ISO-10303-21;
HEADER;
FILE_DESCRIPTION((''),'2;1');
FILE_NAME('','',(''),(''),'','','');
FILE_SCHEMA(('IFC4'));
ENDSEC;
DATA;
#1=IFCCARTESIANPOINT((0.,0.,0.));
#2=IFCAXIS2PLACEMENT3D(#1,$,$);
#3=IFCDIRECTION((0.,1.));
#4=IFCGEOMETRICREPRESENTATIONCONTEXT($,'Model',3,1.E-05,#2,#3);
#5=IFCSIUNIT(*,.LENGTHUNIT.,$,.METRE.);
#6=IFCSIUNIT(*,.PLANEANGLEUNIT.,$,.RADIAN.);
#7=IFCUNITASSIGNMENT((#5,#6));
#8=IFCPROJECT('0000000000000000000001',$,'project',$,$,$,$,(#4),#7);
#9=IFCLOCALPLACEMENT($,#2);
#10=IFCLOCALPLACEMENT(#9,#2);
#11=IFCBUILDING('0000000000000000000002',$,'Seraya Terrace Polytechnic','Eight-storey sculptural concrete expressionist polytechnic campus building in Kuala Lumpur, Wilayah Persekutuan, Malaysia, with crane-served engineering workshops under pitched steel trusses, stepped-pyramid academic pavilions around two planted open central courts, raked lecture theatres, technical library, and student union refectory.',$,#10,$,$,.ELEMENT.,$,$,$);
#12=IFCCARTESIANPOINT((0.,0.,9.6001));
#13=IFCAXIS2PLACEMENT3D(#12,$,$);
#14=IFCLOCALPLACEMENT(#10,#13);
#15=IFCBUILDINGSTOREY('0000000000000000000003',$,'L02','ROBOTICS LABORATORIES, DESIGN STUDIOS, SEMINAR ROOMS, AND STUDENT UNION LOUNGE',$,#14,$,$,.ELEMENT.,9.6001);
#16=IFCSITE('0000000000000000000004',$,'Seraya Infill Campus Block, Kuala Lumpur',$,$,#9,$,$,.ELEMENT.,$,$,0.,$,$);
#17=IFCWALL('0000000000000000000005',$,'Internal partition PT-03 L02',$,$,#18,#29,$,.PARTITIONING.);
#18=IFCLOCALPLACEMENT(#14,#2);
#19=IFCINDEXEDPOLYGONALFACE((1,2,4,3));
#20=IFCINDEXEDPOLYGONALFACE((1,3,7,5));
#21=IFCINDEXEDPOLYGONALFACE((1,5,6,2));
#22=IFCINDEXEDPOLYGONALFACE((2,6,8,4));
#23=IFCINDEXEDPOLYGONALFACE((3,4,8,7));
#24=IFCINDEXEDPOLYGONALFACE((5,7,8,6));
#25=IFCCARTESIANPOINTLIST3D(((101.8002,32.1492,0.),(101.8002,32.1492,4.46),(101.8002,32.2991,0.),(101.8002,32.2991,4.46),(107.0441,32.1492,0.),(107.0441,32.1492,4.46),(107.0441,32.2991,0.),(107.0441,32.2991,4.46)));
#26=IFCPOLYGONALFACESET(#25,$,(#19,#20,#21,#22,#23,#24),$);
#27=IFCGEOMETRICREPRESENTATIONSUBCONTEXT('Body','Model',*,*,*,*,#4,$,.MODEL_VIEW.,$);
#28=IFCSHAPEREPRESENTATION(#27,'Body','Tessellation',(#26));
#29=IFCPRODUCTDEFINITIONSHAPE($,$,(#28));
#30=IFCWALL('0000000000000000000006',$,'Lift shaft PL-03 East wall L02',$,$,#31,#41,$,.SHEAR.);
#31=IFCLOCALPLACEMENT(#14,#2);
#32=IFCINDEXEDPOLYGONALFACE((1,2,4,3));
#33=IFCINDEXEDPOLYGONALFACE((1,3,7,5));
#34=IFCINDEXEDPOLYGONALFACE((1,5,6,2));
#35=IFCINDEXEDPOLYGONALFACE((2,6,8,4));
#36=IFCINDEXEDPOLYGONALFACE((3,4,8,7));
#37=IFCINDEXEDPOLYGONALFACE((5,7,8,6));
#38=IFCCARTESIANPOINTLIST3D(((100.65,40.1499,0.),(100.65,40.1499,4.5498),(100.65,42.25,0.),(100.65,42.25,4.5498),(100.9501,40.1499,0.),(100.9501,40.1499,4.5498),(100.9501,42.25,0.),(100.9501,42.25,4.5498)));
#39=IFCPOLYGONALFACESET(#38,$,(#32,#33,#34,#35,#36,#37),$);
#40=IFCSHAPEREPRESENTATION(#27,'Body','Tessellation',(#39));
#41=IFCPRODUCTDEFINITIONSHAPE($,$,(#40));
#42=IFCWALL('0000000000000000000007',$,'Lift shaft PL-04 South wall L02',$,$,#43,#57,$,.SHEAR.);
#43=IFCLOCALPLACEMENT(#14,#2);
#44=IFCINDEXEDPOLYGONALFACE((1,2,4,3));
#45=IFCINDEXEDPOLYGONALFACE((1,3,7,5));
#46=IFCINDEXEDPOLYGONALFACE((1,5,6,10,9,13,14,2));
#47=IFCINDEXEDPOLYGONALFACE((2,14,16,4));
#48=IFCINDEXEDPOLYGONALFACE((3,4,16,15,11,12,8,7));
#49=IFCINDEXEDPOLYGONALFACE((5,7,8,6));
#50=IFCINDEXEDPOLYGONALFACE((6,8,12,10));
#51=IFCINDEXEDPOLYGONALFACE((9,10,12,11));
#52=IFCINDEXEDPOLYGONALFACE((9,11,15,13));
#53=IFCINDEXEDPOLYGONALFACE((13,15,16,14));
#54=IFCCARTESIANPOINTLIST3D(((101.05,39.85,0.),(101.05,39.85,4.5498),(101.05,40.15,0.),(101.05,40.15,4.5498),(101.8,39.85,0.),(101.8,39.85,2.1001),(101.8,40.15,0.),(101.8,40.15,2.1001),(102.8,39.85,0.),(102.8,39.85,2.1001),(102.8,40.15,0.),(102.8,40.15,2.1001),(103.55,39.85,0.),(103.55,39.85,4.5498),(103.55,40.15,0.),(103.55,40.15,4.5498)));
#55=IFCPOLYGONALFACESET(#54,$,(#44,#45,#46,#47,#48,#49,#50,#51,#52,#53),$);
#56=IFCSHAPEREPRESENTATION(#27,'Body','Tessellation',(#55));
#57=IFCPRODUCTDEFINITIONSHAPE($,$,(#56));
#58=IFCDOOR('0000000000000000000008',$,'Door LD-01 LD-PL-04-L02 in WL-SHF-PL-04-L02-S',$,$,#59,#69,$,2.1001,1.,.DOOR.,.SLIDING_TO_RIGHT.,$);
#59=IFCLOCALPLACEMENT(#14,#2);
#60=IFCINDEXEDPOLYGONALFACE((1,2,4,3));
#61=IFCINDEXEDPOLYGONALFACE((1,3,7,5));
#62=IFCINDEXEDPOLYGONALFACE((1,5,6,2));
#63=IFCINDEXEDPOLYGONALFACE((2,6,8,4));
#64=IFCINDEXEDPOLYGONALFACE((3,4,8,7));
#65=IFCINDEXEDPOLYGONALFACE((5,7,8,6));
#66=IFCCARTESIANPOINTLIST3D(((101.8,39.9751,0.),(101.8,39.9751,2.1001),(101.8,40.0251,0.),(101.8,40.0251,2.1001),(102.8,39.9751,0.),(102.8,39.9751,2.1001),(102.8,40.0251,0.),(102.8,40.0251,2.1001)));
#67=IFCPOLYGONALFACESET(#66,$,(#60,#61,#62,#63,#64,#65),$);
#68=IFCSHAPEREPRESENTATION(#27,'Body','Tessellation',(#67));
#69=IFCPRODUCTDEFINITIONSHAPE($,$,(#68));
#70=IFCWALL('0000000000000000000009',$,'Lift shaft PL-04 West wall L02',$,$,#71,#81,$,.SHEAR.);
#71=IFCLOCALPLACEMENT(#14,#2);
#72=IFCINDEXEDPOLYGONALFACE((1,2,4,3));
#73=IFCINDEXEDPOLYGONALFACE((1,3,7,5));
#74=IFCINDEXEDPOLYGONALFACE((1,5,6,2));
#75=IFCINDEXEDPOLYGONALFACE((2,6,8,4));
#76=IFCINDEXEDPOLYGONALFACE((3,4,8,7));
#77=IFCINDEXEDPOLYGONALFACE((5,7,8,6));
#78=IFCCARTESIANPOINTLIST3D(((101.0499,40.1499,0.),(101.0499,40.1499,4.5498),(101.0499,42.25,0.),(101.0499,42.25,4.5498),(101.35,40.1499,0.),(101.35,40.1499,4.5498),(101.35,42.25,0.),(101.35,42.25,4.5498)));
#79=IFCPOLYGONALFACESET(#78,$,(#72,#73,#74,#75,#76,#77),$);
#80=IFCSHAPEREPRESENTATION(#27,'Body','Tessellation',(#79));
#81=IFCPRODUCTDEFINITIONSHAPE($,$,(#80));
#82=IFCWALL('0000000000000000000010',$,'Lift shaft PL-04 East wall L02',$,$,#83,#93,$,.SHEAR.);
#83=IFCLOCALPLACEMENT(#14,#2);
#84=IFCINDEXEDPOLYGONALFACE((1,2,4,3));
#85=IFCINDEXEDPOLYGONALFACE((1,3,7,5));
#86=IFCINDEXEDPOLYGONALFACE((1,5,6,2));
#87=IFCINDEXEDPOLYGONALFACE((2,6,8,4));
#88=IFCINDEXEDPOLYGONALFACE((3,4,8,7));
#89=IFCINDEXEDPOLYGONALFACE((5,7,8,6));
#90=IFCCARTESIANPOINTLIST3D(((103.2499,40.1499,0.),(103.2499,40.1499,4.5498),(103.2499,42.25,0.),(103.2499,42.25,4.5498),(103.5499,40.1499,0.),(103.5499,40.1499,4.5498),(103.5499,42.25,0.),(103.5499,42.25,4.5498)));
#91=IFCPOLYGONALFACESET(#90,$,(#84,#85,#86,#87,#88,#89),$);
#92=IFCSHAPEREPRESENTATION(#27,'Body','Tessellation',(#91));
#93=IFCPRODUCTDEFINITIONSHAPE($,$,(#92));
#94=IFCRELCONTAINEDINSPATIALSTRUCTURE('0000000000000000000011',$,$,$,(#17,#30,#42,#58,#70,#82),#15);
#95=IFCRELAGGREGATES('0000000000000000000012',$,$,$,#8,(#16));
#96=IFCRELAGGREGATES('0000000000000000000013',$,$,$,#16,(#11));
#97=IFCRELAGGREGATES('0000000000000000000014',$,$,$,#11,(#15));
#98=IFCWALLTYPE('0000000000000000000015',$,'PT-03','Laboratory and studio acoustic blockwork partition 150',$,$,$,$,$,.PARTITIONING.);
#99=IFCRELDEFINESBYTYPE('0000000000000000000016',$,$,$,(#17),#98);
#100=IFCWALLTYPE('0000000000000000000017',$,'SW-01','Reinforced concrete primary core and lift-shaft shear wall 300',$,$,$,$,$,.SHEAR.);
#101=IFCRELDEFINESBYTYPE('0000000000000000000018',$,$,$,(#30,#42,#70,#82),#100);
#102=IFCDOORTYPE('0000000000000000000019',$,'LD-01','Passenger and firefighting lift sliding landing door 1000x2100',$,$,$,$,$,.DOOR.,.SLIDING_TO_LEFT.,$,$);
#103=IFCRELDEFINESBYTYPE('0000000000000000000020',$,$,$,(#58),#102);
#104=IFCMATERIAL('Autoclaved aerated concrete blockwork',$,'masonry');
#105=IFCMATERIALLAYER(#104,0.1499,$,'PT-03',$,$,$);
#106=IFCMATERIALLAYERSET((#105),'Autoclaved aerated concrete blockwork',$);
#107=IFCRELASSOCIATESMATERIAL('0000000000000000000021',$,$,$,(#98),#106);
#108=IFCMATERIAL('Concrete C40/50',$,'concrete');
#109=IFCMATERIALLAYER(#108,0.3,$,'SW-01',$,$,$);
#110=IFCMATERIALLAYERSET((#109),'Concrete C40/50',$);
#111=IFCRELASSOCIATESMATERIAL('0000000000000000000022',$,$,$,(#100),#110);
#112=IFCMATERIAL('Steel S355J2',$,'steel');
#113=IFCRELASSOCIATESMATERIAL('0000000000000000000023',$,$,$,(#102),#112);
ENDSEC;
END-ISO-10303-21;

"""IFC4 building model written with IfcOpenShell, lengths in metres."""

from ifc_helpers import new_model, si_unit, direction, frame, frame_2d, origin, place, context, subcontext, project, spatial, rectangle, extrude, material, layer, layer_set, type_object, element, fill, save


model = new_model("IFC4")

# Units and contexts
model_context = context("Model", 3, precision=1e-05, world=origin(), true_north=direction((0.0, 1.0)))
body_context = subcontext(model_context, "Body", "Model", "MODEL_VIEW")
ifc_project = project(units=[si_unit("LENGTHUNIT", "METRE"), si_unit("PLANEANGLEUNIT", "RADIAN")], contexts=[model_context])

# Site, building, storey
site_placement = place(None, origin())
site = spatial("IfcSite", under=ifc_project, at=site_placement, Name="Seraya Infill Campus Block, Kuala Lumpur", CompositionType="ELEMENT", RefElevation=0.0)
building_placement = place(site_placement, origin())
building = spatial("IfcBuilding", under=site, at=building_placement, Name="Seraya Terrace Polytechnic", Description="Eight-storey sculptural concrete expressionist polytechnic campus building in Kuala Lumpur, Wilayah Persekutuan, Malaysia, with crane-served engineering workshops under pitched steel trusses, stepped-pyramid academic pavilions around two planted open central courts, raked lecture theatres, technical library, and student union refectory.", CompositionType="ELEMENT")
storey_placement = place(building_placement, frame((0.0, 0.0, 9.6001)))
storey = spatial("IfcBuildingStorey", under=building, at=storey_placement, Name="L02", Description="ROBOTICS LABORATORIES, DESIGN STUDIOS, SEMINAR ROOMS, AND STUDENT UNION LOUNGE", CompositionType="ELEMENT", Elevation=9.6001)

# Shared definitions
ifc_material_1 = material(Name="Concrete C40/50", Category="concrete")

# Walls
ifc_material_2 = material(Name="Autoclaved aerated concrete blockwork", Category="masonry")
ifc_layer_1 = layer(ifc_material_2, 0.1499, Name="PT-03")
ifc_layer_set_1 = layer_set([ifc_layer_1], Name="Autoclaved aerated concrete blockwork")
wall_type_1 = type_object("IfcWallType", Name="PT-03", Description="Laboratory and studio acoustic blockwork partition 150", PredefinedType="PARTITIONING", material=ifc_layer_set_1)
wall_1_placement = place(storey_placement, frame((101.8, 32.2241, 0.0), z_axis=(0.0, 0.0, 1.0), x_axis=(1.0, 0.0, 0.0)))
element("IfcWall", 1, at=wall_1_placement, inside=storey, type_object=wall_type_1, Name="Internal partition PT-03 L02", PredefinedType="PARTITIONING", context=body_context, shape_type="SweptSolid", body=[
    extrude(rectangle(XDim=5.2439, YDim=0.1499, at=frame_2d((2.6221, 0.0))), origin(), (0.0, 0.0, 1.0), 4.46),
])
ifc_layer_2 = layer(ifc_material_1, 0.3, Name="SW-01")
ifc_layer_set_2 = layer_set([ifc_layer_2], Name="Concrete C40/50")
wall_type_2 = type_object("IfcWallType", Name="SW-01", Description="Reinforced concrete primary core and lift-shaft shear wall 300", PredefinedType="SHEAR", material=ifc_layer_set_2)
wall_2_placement = place(storey_placement, frame((100.8, 40.1499, 0.0), z_axis=(0.0, 0.0, 1.0), x_axis=(0.0, 1.0, 0.0)))
element("IfcWall", 2, at=wall_2_placement, inside=storey, type_object=wall_type_2, Name="Lift shaft PL-03 East wall L02", PredefinedType="SHEAR", context=body_context, shape_type="SweptSolid", body=[
    extrude(rectangle(XDim=2.1001, YDim=0.3, at=frame_2d((1.05, 0.0))), origin(), (0.0, 0.0, 1.0), 4.5498),
])

# Wall, opening, door
wall_3_placement = place(storey_placement, frame((101.05, 40.0, 0.0), z_axis=(0.0, 0.0, 1.0), x_axis=(1.0, 0.0, 0.0)))
wall_3 = element("IfcWall", 3, at=wall_3_placement, inside=storey, type_object=wall_type_2, Name="Lift shaft PL-04 South wall L02", PredefinedType="SHEAR", context=body_context, shape_type="SweptSolid", body=[
    extrude(rectangle(XDim=2.5, YDim=0.3, at=frame_2d((1.25, 0.0))), origin(), (0.0, 0.0, 1.0), 4.5498),
])
opening_1_placement = place(wall_3_placement, frame((0.75, 0.0, 0.0)))
opening_1 = element("IfcOpeningElement", 4, at=opening_1_placement, cuts=wall_3, PredefinedType="OPENING", context=body_context, shape_type="SweptSolid", body=[
    extrude(rectangle(XDim=1.0, YDim=2.1001, at=frame_2d((0.5, 1.05))), frame((0.0, 0.1621, 0.0), z_axis=(0.0, -1.0, 0.0), x_axis=(1.0, 0.0, 0.0)), (0.0, 0.0, 1.0), 0.324),
])
ifc_material_3 = material(Name="Steel S355J2", Category="steel")
door_type = type_object("IfcDoorType", Name="LD-01", Description="Passenger and firefighting lift sliding landing door 1000x2100", OperationType="SLIDING_TO_LEFT", PredefinedType="DOOR", material=ifc_material_3)
door_placement = place(opening_1_placement, frame((1.0, 0.0, 0.0), z_axis=(0.0, 0.0, 1.0), x_axis=(-1.0, 0.0, 0.0)))
door = element("IfcDoor", 5, at=door_placement, inside=storey, type_object=door_type, Name="Door LD-01 LD-PL-04-L02 in WL-SHF-PL-04-L02-S", OperationType="SLIDING_TO_RIGHT", OverallHeight=2.1001, OverallWidth=1.0, PredefinedType="DOOR", context=body_context, shape_type="SweptSolid", body=[
    extrude(rectangle(XDim=1.0, YDim=2.1001, at=frame_2d((0.5, 1.05))), frame((0.0, 0.0249, 0.0), z_axis=(0.0, -1.0, 0.0), x_axis=(1.0, 0.0, 0.0)), (0.0, 0.0, 1.0), 0.05),
])
fill(opening_1, door)

# Walls
for number, where, z_axis, x_axis, name in (
    (6, (101.2, 40.1499, 0.0), (0.0, 0.0, 1.0), (0.0, 1.0, 0.0), "Lift shaft PL-04 West wall L02"),
    (7, (103.3999, 40.1499, 0.0), (0.0, 0.0, 1.0), (0.0, 1.0, 0.0), "Lift shaft PL-04 East wall L02"),
):
    element("IfcWall", number, at=place(storey_placement, frame(where, z_axis=z_axis, x_axis=x_axis)), inside=storey, type_object=wall_type_2, Name=name, PredefinedType="SHEAR", context=body_context, shape_type="SweptSolid", body=[
        extrude(rectangle(XDim=2.1001, YDim=0.3, at=frame_2d((1.05, 0.0))), origin(), (0.0, 0.0, 1.0), 4.5498),
    ])

save(model, "model.ifc")
